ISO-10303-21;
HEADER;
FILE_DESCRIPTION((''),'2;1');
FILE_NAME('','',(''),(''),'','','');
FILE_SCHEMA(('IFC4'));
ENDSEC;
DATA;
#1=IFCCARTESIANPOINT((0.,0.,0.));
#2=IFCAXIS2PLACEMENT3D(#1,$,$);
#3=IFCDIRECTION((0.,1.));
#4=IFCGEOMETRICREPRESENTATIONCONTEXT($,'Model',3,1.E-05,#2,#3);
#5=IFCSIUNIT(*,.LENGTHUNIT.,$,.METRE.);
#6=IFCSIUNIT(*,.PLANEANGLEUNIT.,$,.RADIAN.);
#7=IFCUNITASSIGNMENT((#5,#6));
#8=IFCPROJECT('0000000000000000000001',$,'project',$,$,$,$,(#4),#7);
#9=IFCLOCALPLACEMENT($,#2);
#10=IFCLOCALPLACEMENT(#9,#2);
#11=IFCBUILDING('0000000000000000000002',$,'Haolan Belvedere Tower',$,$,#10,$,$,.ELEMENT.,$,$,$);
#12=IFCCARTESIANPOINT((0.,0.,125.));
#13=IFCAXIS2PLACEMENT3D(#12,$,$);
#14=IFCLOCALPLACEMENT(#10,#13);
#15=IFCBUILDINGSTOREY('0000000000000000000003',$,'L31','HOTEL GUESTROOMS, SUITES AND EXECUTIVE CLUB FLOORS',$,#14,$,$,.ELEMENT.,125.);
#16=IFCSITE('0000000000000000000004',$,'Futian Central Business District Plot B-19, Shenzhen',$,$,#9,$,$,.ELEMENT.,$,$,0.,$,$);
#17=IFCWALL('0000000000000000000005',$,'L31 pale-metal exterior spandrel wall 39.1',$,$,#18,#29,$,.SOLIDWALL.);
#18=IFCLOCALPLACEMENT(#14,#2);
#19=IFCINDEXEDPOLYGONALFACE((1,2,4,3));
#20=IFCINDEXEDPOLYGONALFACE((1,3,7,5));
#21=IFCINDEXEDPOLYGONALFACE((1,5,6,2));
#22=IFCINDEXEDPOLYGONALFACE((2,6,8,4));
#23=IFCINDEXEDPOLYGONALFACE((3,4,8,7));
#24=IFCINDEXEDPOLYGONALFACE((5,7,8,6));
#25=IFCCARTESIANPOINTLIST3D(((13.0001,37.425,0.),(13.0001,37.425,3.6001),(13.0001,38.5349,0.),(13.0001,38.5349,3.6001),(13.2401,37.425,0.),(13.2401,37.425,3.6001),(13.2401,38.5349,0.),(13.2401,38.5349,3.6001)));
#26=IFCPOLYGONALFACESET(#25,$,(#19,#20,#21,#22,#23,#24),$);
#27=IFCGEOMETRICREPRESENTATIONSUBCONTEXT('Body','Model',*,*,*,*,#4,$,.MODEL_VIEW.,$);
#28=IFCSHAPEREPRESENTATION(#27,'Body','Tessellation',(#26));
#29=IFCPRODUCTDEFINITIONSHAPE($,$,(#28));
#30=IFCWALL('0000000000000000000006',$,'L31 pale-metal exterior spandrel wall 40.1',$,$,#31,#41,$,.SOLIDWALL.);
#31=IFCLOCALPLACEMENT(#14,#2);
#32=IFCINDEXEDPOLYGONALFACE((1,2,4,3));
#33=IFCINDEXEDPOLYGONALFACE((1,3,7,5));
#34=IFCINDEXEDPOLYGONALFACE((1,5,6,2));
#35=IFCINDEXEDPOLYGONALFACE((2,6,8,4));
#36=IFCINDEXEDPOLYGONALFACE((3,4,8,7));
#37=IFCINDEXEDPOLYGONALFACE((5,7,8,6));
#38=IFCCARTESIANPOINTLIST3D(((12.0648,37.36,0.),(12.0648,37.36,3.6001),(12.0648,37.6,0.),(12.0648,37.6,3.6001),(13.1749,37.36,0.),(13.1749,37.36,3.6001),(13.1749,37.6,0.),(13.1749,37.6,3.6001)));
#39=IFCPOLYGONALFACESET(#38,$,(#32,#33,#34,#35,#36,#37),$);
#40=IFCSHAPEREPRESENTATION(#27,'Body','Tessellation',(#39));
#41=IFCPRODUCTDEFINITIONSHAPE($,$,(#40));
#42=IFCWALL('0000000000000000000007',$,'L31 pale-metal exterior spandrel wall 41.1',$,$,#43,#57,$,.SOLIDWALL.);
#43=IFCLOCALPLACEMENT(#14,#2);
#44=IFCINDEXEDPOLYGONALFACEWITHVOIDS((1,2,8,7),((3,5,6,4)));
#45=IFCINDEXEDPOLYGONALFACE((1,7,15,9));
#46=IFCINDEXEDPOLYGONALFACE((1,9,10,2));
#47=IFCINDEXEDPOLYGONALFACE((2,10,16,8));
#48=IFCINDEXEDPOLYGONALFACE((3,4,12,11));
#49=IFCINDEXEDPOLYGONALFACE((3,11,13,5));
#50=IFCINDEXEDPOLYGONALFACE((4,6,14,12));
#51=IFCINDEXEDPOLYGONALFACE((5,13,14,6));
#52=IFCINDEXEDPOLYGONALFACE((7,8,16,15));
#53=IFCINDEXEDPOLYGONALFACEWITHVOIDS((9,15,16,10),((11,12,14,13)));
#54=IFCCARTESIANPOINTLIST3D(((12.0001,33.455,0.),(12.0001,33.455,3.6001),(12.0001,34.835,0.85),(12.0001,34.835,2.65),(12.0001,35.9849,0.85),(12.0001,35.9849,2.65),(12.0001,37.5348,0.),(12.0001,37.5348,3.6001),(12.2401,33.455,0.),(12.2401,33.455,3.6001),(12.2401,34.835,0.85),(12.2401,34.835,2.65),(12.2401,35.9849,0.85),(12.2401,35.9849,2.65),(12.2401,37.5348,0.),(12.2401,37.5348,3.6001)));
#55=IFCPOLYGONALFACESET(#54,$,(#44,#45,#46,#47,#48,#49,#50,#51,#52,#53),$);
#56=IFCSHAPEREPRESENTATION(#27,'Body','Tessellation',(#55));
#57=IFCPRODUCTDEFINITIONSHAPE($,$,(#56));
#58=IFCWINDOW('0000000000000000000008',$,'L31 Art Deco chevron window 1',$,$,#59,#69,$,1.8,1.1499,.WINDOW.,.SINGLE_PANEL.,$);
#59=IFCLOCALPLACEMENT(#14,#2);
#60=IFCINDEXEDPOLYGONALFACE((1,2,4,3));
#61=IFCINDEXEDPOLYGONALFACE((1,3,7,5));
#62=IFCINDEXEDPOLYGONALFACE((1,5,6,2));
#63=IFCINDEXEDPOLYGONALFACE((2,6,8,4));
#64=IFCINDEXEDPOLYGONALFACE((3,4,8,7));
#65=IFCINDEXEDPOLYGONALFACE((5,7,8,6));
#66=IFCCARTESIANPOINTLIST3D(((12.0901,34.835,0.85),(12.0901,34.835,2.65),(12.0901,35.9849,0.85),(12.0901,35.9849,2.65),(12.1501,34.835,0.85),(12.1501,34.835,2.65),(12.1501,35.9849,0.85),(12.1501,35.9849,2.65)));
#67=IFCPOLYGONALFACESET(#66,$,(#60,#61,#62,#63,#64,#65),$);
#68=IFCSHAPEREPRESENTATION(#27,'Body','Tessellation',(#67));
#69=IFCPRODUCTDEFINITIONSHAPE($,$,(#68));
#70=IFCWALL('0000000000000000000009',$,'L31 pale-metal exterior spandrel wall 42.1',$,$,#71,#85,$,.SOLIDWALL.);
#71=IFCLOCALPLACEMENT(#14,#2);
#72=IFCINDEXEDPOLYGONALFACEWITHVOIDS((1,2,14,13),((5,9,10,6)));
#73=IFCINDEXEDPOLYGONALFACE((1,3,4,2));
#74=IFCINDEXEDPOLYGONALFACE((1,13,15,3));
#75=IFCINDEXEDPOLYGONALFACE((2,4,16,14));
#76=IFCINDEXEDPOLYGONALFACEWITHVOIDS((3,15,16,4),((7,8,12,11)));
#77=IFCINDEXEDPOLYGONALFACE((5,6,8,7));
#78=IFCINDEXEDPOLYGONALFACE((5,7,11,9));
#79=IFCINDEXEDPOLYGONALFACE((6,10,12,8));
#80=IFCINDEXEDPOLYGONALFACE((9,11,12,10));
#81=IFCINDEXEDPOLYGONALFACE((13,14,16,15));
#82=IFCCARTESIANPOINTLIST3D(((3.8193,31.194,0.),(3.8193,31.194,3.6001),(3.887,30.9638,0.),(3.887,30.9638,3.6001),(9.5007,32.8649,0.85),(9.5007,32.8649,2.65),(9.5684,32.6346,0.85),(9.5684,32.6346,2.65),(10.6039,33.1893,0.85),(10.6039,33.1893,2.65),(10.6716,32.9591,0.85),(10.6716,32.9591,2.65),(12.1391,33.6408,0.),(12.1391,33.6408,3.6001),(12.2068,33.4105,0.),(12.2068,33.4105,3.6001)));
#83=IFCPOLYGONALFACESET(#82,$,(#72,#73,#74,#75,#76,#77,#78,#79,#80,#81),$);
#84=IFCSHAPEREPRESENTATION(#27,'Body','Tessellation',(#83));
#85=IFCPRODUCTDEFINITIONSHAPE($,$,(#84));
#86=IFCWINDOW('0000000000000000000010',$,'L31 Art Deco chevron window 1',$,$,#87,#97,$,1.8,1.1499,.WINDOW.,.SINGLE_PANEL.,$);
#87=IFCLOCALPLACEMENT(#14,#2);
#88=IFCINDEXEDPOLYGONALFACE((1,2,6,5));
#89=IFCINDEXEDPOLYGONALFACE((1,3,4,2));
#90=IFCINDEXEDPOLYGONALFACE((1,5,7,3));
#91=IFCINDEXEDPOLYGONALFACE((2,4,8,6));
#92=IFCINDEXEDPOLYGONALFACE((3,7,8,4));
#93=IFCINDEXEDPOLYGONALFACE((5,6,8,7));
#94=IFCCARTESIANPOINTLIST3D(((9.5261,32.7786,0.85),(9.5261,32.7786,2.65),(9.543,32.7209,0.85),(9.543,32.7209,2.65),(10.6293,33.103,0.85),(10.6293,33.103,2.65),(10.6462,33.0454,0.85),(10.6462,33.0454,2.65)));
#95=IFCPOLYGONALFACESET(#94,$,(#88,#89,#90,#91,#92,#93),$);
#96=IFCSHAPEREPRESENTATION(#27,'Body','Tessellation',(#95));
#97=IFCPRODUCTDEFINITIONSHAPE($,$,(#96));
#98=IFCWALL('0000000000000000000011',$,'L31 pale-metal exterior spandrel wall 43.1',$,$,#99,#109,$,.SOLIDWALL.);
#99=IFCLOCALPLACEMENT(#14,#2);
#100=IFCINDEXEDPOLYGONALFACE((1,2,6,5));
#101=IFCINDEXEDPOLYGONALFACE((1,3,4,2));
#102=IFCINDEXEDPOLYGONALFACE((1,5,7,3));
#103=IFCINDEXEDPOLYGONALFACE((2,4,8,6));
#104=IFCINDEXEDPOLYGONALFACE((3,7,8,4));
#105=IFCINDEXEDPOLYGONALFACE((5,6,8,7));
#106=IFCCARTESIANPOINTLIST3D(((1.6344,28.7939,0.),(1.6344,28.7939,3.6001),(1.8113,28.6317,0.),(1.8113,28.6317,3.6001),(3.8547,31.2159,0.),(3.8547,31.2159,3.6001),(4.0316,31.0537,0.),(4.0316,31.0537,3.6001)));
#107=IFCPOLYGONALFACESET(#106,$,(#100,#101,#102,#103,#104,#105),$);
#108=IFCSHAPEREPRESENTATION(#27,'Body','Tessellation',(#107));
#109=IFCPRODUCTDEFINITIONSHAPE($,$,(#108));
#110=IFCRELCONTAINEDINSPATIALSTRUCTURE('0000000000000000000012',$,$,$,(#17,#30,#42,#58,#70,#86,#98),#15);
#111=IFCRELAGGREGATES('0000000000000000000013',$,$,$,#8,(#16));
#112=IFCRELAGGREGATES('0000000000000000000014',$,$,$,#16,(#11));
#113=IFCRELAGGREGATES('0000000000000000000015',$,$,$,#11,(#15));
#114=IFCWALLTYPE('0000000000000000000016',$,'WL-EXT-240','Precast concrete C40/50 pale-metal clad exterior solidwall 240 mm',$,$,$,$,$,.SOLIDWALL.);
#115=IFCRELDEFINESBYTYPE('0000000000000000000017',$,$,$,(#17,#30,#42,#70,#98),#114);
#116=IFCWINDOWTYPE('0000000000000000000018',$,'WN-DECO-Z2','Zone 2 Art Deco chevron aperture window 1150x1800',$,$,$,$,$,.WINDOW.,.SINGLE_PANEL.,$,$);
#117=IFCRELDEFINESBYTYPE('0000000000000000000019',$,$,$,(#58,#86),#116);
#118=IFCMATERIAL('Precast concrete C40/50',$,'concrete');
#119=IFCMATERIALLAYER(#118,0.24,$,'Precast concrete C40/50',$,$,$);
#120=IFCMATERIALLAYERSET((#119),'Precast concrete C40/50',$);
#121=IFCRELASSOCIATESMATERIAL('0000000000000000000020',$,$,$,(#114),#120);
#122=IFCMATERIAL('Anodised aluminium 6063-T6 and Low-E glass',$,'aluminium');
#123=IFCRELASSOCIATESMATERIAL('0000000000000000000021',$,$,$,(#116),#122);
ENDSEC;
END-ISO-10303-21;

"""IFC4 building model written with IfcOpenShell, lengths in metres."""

from ifc_helpers import new_model, si_unit, direction, frame, frame_2d, origin, place, context, subcontext, project, spatial, rectangle, extrude, material, layer, layer_set, type_object, element, fill, save


model = new_model("IFC4")

# Units and contexts
model_context = context("Model", 3, precision=1e-05, world=origin(), true_north=direction((0.0, 1.0)))
body_context = subcontext(model_context, "Body", "Model", "MODEL_VIEW")
ifc_project = project(units=[si_unit("LENGTHUNIT", "METRE"), si_unit("PLANEANGLEUNIT", "RADIAN")], contexts=[model_context])

# Site, building, storey
site_placement = place(None, origin())
site = spatial("IfcSite", under=ifc_project, at=site_placement, Name="Futian Central Business District Plot B-19, Shenzhen", CompositionType="ELEMENT", RefElevation=0.0)
building_placement = place(site_placement, origin())
building = spatial("IfcBuilding", under=site, at=building_placement, Name="Haolan Belvedere Tower", CompositionType="ELEMENT")
storey_placement = place(building_placement, frame((0.0, 0.0, 125.0)))
storey = spatial("IfcBuildingStorey", under=building, at=storey_placement, Name="L31", Description="HOTEL GUESTROOMS, SUITES AND EXECUTIVE CLUB FLOORS", CompositionType="ELEMENT", Elevation=125.0)

# Walls
ifc_material_1 = material(Name="Precast concrete C40/50", Category="concrete")
ifc_layer_1 = layer(ifc_material_1, 0.24, Name="Precast concrete C40/50")
ifc_layer_set_1 = layer_set([ifc_layer_1], Name="Precast concrete C40/50")
wall_type_1 = type_object("IfcWallType", Name="WL-EXT-240", Description="Precast concrete C40/50 pale-metal clad exterior solidwall 240 mm", PredefinedType="SOLIDWALL", material=ifc_layer_set_1)
wall_1_placement = place(storey_placement, frame((13.1201, 38.5349, 0.0), z_axis=(0.0, 0.0, 1.0), x_axis=(0.0, -1.0, 0.0)))
element("IfcWall", 1, at=wall_1_placement, inside=storey, type_object=wall_type_1, Name="L31 pale-metal exterior spandrel wall 39.1", PredefinedType="SOLIDWALL", context=body_context, shape_type="SweptSolid", body=[
    extrude(rectangle(XDim=1.1099, YDim=0.24, at=frame_2d((0.5549, 0.0))), origin(), (0.0, 0.0, 1.0), 3.6001),
])
wall_2_placement = place(storey_placement, frame((13.175, 37.48, 0.0), z_axis=(0.0, 0.0, 1.0), x_axis=(-1.0, 0.0, 0.0)))
element("IfcWall", 2, at=wall_2_placement, inside=storey, type_object=wall_type_1, Name="L31 pale-metal exterior spandrel wall 40.1", PredefinedType="SOLIDWALL", context=body_context, shape_type="SweptSolid", body=[
    extrude(rectangle(XDim=1.1101, YDim=0.24, at=frame_2d((0.5552, 0.0))), origin(), (0.0, 0.0, 1.0), 3.6001),
])

# Walls, openings, windows
wall_3_placement = place(storey_placement, frame((12.1201, 37.5349, 0.0), z_axis=(0.0, 0.0, 1.0), x_axis=(0.0, -1.0, 0.0)))
wall_3 = element("IfcWall", 3, at=wall_3_placement, inside=storey, type_object=wall_type_1, Name="L31 pale-metal exterior spandrel wall 41.1", PredefinedType="SOLIDWALL", context=body_context, shape_type="SweptSolid", body=[
    extrude(rectangle(XDim=4.0798, YDim=0.24, at=frame_2d((2.04, 0.0))), origin(), (0.0, 0.0, 1.0), 3.6001),
])
opening_1_placement = place(wall_3_placement, frame((1.55, 0.0, 0.8501)))
opening_1 = element("IfcOpeningElement", 4, at=opening_1_placement, cuts=wall_3, PredefinedType="OPENING", context=body_context, shape_type="SweptSolid", body=[
    extrude(rectangle(XDim=1.1499, YDim=1.8, at=frame_2d((0.575, 0.8999))), frame((0.0, 0.1299, 0.0), z_axis=(0.0, -1.0, 0.0), x_axis=(1.0, 0.0, 0.0)), (0.0, 0.0, 1.0), 0.26),
])
ifc_material_2 = material(Name="Anodised aluminium 6063-T6 and Low-E glass", Category="aluminium")
window_type = type_object("IfcWindowType", Name="WN-DECO-Z2", Description="Zone 2 Art Deco chevron aperture window 1150x1800", PartitioningType="SINGLE_PANEL", PredefinedType="WINDOW", material=ifc_material_2)
window_1_placement = place(opening_1_placement, origin())
window_1 = element("IfcWindow", 5, at=window_1_placement, inside=storey, type_object=window_type, Name="L31 Art Deco chevron window 1", OverallHeight=1.8, OverallWidth=1.1499, PartitioningType="SINGLE_PANEL", PredefinedType="WINDOW", context=body_context, shape_type="SweptSolid", body=[
    extrude(rectangle(XDim=1.1499, YDim=1.8, at=frame_2d((0.575, 0.8999))), frame((0.0, 0.03, 0.0), z_axis=(0.0, -1.0, 0.0), x_axis=(1.0, 0.0, 0.0)), (0.0, 0.0, 1.0), 0.0601),
])
fill(opening_1, window_1)
wall_4_placement = place(storey_placement, frame((12.1729, 33.5256, 0.0), z_axis=(0.0, 0.0, 1.0), x_axis=(-0.959373, -0.282142, 0.0)))
wall_4 = element("IfcWall", 6, at=wall_4_placement, inside=storey, type_object=wall_type_1, Name="L31 pale-metal exterior spandrel wall 42.1", PredefinedType="SOLIDWALL", context=body_context, shape_type="SweptSolid", body=[
    extrude(rectangle(XDim=8.6721, YDim=0.24, at=frame_2d((4.3359, 0.0))), origin(), (0.0, 0.0, 1.0), 3.6001),
])
opening_2_placement = place(wall_4_placement, frame((1.6001, 0.0, 0.8501)))
opening_2 = element("IfcOpeningElement", 7, at=opening_2_placement, cuts=wall_4, PredefinedType="OPENING", context=body_context, shape_type="SweptSolid", body=[
    extrude(rectangle(XDim=1.1499, YDim=1.8, at=frame_2d((0.575, 0.8999))), frame((0.0, 0.1299, 0.0), z_axis=(0.0, -1.0, 0.0), x_axis=(1.0, 0.0, 0.0)), (0.0, 0.0, 1.0), 0.26),
])
window_2_placement = place(opening_2_placement, origin())
window_2 = element("IfcWindow", 8, at=window_2_placement, inside=storey, type_object=window_type, Name="L31 Art Deco chevron window 1", OverallHeight=1.8, OverallWidth=1.1499, PartitioningType="SINGLE_PANEL", PredefinedType="WINDOW", context=body_context, shape_type="SweptSolid", body=[
    extrude(rectangle(XDim=1.1499, YDim=1.8, at=frame_2d((0.575, 0.8999))), frame((0.0, 0.03, 0.0), z_axis=(0.0, -1.0, 0.0), x_axis=(1.0, 0.0, 0.0)), (0.0, 0.0, 1.0), 0.0601),
])
fill(opening_2, window_2)

# Wall
wall_5_placement = place(storey_placement, frame((3.9431, 31.1348, 0.0), z_axis=(0.0, 0.0, 1.0), x_axis=(-0.675752, -0.737129, 0.0)))
element("IfcWall", 9, at=wall_5_placement, inside=storey, type_object=wall_type_1, Name="L31 pale-metal exterior spandrel wall 43.1", PredefinedType="SOLIDWALL", context=body_context, shape_type="SweptSolid", body=[
    extrude(rectangle(XDim=3.2856, YDim=0.24, at=frame_2d((1.6428, 0.0))), origin(), (0.0, 0.0, 1.0), 3.6001),
])

save(model, "model.ifc")
